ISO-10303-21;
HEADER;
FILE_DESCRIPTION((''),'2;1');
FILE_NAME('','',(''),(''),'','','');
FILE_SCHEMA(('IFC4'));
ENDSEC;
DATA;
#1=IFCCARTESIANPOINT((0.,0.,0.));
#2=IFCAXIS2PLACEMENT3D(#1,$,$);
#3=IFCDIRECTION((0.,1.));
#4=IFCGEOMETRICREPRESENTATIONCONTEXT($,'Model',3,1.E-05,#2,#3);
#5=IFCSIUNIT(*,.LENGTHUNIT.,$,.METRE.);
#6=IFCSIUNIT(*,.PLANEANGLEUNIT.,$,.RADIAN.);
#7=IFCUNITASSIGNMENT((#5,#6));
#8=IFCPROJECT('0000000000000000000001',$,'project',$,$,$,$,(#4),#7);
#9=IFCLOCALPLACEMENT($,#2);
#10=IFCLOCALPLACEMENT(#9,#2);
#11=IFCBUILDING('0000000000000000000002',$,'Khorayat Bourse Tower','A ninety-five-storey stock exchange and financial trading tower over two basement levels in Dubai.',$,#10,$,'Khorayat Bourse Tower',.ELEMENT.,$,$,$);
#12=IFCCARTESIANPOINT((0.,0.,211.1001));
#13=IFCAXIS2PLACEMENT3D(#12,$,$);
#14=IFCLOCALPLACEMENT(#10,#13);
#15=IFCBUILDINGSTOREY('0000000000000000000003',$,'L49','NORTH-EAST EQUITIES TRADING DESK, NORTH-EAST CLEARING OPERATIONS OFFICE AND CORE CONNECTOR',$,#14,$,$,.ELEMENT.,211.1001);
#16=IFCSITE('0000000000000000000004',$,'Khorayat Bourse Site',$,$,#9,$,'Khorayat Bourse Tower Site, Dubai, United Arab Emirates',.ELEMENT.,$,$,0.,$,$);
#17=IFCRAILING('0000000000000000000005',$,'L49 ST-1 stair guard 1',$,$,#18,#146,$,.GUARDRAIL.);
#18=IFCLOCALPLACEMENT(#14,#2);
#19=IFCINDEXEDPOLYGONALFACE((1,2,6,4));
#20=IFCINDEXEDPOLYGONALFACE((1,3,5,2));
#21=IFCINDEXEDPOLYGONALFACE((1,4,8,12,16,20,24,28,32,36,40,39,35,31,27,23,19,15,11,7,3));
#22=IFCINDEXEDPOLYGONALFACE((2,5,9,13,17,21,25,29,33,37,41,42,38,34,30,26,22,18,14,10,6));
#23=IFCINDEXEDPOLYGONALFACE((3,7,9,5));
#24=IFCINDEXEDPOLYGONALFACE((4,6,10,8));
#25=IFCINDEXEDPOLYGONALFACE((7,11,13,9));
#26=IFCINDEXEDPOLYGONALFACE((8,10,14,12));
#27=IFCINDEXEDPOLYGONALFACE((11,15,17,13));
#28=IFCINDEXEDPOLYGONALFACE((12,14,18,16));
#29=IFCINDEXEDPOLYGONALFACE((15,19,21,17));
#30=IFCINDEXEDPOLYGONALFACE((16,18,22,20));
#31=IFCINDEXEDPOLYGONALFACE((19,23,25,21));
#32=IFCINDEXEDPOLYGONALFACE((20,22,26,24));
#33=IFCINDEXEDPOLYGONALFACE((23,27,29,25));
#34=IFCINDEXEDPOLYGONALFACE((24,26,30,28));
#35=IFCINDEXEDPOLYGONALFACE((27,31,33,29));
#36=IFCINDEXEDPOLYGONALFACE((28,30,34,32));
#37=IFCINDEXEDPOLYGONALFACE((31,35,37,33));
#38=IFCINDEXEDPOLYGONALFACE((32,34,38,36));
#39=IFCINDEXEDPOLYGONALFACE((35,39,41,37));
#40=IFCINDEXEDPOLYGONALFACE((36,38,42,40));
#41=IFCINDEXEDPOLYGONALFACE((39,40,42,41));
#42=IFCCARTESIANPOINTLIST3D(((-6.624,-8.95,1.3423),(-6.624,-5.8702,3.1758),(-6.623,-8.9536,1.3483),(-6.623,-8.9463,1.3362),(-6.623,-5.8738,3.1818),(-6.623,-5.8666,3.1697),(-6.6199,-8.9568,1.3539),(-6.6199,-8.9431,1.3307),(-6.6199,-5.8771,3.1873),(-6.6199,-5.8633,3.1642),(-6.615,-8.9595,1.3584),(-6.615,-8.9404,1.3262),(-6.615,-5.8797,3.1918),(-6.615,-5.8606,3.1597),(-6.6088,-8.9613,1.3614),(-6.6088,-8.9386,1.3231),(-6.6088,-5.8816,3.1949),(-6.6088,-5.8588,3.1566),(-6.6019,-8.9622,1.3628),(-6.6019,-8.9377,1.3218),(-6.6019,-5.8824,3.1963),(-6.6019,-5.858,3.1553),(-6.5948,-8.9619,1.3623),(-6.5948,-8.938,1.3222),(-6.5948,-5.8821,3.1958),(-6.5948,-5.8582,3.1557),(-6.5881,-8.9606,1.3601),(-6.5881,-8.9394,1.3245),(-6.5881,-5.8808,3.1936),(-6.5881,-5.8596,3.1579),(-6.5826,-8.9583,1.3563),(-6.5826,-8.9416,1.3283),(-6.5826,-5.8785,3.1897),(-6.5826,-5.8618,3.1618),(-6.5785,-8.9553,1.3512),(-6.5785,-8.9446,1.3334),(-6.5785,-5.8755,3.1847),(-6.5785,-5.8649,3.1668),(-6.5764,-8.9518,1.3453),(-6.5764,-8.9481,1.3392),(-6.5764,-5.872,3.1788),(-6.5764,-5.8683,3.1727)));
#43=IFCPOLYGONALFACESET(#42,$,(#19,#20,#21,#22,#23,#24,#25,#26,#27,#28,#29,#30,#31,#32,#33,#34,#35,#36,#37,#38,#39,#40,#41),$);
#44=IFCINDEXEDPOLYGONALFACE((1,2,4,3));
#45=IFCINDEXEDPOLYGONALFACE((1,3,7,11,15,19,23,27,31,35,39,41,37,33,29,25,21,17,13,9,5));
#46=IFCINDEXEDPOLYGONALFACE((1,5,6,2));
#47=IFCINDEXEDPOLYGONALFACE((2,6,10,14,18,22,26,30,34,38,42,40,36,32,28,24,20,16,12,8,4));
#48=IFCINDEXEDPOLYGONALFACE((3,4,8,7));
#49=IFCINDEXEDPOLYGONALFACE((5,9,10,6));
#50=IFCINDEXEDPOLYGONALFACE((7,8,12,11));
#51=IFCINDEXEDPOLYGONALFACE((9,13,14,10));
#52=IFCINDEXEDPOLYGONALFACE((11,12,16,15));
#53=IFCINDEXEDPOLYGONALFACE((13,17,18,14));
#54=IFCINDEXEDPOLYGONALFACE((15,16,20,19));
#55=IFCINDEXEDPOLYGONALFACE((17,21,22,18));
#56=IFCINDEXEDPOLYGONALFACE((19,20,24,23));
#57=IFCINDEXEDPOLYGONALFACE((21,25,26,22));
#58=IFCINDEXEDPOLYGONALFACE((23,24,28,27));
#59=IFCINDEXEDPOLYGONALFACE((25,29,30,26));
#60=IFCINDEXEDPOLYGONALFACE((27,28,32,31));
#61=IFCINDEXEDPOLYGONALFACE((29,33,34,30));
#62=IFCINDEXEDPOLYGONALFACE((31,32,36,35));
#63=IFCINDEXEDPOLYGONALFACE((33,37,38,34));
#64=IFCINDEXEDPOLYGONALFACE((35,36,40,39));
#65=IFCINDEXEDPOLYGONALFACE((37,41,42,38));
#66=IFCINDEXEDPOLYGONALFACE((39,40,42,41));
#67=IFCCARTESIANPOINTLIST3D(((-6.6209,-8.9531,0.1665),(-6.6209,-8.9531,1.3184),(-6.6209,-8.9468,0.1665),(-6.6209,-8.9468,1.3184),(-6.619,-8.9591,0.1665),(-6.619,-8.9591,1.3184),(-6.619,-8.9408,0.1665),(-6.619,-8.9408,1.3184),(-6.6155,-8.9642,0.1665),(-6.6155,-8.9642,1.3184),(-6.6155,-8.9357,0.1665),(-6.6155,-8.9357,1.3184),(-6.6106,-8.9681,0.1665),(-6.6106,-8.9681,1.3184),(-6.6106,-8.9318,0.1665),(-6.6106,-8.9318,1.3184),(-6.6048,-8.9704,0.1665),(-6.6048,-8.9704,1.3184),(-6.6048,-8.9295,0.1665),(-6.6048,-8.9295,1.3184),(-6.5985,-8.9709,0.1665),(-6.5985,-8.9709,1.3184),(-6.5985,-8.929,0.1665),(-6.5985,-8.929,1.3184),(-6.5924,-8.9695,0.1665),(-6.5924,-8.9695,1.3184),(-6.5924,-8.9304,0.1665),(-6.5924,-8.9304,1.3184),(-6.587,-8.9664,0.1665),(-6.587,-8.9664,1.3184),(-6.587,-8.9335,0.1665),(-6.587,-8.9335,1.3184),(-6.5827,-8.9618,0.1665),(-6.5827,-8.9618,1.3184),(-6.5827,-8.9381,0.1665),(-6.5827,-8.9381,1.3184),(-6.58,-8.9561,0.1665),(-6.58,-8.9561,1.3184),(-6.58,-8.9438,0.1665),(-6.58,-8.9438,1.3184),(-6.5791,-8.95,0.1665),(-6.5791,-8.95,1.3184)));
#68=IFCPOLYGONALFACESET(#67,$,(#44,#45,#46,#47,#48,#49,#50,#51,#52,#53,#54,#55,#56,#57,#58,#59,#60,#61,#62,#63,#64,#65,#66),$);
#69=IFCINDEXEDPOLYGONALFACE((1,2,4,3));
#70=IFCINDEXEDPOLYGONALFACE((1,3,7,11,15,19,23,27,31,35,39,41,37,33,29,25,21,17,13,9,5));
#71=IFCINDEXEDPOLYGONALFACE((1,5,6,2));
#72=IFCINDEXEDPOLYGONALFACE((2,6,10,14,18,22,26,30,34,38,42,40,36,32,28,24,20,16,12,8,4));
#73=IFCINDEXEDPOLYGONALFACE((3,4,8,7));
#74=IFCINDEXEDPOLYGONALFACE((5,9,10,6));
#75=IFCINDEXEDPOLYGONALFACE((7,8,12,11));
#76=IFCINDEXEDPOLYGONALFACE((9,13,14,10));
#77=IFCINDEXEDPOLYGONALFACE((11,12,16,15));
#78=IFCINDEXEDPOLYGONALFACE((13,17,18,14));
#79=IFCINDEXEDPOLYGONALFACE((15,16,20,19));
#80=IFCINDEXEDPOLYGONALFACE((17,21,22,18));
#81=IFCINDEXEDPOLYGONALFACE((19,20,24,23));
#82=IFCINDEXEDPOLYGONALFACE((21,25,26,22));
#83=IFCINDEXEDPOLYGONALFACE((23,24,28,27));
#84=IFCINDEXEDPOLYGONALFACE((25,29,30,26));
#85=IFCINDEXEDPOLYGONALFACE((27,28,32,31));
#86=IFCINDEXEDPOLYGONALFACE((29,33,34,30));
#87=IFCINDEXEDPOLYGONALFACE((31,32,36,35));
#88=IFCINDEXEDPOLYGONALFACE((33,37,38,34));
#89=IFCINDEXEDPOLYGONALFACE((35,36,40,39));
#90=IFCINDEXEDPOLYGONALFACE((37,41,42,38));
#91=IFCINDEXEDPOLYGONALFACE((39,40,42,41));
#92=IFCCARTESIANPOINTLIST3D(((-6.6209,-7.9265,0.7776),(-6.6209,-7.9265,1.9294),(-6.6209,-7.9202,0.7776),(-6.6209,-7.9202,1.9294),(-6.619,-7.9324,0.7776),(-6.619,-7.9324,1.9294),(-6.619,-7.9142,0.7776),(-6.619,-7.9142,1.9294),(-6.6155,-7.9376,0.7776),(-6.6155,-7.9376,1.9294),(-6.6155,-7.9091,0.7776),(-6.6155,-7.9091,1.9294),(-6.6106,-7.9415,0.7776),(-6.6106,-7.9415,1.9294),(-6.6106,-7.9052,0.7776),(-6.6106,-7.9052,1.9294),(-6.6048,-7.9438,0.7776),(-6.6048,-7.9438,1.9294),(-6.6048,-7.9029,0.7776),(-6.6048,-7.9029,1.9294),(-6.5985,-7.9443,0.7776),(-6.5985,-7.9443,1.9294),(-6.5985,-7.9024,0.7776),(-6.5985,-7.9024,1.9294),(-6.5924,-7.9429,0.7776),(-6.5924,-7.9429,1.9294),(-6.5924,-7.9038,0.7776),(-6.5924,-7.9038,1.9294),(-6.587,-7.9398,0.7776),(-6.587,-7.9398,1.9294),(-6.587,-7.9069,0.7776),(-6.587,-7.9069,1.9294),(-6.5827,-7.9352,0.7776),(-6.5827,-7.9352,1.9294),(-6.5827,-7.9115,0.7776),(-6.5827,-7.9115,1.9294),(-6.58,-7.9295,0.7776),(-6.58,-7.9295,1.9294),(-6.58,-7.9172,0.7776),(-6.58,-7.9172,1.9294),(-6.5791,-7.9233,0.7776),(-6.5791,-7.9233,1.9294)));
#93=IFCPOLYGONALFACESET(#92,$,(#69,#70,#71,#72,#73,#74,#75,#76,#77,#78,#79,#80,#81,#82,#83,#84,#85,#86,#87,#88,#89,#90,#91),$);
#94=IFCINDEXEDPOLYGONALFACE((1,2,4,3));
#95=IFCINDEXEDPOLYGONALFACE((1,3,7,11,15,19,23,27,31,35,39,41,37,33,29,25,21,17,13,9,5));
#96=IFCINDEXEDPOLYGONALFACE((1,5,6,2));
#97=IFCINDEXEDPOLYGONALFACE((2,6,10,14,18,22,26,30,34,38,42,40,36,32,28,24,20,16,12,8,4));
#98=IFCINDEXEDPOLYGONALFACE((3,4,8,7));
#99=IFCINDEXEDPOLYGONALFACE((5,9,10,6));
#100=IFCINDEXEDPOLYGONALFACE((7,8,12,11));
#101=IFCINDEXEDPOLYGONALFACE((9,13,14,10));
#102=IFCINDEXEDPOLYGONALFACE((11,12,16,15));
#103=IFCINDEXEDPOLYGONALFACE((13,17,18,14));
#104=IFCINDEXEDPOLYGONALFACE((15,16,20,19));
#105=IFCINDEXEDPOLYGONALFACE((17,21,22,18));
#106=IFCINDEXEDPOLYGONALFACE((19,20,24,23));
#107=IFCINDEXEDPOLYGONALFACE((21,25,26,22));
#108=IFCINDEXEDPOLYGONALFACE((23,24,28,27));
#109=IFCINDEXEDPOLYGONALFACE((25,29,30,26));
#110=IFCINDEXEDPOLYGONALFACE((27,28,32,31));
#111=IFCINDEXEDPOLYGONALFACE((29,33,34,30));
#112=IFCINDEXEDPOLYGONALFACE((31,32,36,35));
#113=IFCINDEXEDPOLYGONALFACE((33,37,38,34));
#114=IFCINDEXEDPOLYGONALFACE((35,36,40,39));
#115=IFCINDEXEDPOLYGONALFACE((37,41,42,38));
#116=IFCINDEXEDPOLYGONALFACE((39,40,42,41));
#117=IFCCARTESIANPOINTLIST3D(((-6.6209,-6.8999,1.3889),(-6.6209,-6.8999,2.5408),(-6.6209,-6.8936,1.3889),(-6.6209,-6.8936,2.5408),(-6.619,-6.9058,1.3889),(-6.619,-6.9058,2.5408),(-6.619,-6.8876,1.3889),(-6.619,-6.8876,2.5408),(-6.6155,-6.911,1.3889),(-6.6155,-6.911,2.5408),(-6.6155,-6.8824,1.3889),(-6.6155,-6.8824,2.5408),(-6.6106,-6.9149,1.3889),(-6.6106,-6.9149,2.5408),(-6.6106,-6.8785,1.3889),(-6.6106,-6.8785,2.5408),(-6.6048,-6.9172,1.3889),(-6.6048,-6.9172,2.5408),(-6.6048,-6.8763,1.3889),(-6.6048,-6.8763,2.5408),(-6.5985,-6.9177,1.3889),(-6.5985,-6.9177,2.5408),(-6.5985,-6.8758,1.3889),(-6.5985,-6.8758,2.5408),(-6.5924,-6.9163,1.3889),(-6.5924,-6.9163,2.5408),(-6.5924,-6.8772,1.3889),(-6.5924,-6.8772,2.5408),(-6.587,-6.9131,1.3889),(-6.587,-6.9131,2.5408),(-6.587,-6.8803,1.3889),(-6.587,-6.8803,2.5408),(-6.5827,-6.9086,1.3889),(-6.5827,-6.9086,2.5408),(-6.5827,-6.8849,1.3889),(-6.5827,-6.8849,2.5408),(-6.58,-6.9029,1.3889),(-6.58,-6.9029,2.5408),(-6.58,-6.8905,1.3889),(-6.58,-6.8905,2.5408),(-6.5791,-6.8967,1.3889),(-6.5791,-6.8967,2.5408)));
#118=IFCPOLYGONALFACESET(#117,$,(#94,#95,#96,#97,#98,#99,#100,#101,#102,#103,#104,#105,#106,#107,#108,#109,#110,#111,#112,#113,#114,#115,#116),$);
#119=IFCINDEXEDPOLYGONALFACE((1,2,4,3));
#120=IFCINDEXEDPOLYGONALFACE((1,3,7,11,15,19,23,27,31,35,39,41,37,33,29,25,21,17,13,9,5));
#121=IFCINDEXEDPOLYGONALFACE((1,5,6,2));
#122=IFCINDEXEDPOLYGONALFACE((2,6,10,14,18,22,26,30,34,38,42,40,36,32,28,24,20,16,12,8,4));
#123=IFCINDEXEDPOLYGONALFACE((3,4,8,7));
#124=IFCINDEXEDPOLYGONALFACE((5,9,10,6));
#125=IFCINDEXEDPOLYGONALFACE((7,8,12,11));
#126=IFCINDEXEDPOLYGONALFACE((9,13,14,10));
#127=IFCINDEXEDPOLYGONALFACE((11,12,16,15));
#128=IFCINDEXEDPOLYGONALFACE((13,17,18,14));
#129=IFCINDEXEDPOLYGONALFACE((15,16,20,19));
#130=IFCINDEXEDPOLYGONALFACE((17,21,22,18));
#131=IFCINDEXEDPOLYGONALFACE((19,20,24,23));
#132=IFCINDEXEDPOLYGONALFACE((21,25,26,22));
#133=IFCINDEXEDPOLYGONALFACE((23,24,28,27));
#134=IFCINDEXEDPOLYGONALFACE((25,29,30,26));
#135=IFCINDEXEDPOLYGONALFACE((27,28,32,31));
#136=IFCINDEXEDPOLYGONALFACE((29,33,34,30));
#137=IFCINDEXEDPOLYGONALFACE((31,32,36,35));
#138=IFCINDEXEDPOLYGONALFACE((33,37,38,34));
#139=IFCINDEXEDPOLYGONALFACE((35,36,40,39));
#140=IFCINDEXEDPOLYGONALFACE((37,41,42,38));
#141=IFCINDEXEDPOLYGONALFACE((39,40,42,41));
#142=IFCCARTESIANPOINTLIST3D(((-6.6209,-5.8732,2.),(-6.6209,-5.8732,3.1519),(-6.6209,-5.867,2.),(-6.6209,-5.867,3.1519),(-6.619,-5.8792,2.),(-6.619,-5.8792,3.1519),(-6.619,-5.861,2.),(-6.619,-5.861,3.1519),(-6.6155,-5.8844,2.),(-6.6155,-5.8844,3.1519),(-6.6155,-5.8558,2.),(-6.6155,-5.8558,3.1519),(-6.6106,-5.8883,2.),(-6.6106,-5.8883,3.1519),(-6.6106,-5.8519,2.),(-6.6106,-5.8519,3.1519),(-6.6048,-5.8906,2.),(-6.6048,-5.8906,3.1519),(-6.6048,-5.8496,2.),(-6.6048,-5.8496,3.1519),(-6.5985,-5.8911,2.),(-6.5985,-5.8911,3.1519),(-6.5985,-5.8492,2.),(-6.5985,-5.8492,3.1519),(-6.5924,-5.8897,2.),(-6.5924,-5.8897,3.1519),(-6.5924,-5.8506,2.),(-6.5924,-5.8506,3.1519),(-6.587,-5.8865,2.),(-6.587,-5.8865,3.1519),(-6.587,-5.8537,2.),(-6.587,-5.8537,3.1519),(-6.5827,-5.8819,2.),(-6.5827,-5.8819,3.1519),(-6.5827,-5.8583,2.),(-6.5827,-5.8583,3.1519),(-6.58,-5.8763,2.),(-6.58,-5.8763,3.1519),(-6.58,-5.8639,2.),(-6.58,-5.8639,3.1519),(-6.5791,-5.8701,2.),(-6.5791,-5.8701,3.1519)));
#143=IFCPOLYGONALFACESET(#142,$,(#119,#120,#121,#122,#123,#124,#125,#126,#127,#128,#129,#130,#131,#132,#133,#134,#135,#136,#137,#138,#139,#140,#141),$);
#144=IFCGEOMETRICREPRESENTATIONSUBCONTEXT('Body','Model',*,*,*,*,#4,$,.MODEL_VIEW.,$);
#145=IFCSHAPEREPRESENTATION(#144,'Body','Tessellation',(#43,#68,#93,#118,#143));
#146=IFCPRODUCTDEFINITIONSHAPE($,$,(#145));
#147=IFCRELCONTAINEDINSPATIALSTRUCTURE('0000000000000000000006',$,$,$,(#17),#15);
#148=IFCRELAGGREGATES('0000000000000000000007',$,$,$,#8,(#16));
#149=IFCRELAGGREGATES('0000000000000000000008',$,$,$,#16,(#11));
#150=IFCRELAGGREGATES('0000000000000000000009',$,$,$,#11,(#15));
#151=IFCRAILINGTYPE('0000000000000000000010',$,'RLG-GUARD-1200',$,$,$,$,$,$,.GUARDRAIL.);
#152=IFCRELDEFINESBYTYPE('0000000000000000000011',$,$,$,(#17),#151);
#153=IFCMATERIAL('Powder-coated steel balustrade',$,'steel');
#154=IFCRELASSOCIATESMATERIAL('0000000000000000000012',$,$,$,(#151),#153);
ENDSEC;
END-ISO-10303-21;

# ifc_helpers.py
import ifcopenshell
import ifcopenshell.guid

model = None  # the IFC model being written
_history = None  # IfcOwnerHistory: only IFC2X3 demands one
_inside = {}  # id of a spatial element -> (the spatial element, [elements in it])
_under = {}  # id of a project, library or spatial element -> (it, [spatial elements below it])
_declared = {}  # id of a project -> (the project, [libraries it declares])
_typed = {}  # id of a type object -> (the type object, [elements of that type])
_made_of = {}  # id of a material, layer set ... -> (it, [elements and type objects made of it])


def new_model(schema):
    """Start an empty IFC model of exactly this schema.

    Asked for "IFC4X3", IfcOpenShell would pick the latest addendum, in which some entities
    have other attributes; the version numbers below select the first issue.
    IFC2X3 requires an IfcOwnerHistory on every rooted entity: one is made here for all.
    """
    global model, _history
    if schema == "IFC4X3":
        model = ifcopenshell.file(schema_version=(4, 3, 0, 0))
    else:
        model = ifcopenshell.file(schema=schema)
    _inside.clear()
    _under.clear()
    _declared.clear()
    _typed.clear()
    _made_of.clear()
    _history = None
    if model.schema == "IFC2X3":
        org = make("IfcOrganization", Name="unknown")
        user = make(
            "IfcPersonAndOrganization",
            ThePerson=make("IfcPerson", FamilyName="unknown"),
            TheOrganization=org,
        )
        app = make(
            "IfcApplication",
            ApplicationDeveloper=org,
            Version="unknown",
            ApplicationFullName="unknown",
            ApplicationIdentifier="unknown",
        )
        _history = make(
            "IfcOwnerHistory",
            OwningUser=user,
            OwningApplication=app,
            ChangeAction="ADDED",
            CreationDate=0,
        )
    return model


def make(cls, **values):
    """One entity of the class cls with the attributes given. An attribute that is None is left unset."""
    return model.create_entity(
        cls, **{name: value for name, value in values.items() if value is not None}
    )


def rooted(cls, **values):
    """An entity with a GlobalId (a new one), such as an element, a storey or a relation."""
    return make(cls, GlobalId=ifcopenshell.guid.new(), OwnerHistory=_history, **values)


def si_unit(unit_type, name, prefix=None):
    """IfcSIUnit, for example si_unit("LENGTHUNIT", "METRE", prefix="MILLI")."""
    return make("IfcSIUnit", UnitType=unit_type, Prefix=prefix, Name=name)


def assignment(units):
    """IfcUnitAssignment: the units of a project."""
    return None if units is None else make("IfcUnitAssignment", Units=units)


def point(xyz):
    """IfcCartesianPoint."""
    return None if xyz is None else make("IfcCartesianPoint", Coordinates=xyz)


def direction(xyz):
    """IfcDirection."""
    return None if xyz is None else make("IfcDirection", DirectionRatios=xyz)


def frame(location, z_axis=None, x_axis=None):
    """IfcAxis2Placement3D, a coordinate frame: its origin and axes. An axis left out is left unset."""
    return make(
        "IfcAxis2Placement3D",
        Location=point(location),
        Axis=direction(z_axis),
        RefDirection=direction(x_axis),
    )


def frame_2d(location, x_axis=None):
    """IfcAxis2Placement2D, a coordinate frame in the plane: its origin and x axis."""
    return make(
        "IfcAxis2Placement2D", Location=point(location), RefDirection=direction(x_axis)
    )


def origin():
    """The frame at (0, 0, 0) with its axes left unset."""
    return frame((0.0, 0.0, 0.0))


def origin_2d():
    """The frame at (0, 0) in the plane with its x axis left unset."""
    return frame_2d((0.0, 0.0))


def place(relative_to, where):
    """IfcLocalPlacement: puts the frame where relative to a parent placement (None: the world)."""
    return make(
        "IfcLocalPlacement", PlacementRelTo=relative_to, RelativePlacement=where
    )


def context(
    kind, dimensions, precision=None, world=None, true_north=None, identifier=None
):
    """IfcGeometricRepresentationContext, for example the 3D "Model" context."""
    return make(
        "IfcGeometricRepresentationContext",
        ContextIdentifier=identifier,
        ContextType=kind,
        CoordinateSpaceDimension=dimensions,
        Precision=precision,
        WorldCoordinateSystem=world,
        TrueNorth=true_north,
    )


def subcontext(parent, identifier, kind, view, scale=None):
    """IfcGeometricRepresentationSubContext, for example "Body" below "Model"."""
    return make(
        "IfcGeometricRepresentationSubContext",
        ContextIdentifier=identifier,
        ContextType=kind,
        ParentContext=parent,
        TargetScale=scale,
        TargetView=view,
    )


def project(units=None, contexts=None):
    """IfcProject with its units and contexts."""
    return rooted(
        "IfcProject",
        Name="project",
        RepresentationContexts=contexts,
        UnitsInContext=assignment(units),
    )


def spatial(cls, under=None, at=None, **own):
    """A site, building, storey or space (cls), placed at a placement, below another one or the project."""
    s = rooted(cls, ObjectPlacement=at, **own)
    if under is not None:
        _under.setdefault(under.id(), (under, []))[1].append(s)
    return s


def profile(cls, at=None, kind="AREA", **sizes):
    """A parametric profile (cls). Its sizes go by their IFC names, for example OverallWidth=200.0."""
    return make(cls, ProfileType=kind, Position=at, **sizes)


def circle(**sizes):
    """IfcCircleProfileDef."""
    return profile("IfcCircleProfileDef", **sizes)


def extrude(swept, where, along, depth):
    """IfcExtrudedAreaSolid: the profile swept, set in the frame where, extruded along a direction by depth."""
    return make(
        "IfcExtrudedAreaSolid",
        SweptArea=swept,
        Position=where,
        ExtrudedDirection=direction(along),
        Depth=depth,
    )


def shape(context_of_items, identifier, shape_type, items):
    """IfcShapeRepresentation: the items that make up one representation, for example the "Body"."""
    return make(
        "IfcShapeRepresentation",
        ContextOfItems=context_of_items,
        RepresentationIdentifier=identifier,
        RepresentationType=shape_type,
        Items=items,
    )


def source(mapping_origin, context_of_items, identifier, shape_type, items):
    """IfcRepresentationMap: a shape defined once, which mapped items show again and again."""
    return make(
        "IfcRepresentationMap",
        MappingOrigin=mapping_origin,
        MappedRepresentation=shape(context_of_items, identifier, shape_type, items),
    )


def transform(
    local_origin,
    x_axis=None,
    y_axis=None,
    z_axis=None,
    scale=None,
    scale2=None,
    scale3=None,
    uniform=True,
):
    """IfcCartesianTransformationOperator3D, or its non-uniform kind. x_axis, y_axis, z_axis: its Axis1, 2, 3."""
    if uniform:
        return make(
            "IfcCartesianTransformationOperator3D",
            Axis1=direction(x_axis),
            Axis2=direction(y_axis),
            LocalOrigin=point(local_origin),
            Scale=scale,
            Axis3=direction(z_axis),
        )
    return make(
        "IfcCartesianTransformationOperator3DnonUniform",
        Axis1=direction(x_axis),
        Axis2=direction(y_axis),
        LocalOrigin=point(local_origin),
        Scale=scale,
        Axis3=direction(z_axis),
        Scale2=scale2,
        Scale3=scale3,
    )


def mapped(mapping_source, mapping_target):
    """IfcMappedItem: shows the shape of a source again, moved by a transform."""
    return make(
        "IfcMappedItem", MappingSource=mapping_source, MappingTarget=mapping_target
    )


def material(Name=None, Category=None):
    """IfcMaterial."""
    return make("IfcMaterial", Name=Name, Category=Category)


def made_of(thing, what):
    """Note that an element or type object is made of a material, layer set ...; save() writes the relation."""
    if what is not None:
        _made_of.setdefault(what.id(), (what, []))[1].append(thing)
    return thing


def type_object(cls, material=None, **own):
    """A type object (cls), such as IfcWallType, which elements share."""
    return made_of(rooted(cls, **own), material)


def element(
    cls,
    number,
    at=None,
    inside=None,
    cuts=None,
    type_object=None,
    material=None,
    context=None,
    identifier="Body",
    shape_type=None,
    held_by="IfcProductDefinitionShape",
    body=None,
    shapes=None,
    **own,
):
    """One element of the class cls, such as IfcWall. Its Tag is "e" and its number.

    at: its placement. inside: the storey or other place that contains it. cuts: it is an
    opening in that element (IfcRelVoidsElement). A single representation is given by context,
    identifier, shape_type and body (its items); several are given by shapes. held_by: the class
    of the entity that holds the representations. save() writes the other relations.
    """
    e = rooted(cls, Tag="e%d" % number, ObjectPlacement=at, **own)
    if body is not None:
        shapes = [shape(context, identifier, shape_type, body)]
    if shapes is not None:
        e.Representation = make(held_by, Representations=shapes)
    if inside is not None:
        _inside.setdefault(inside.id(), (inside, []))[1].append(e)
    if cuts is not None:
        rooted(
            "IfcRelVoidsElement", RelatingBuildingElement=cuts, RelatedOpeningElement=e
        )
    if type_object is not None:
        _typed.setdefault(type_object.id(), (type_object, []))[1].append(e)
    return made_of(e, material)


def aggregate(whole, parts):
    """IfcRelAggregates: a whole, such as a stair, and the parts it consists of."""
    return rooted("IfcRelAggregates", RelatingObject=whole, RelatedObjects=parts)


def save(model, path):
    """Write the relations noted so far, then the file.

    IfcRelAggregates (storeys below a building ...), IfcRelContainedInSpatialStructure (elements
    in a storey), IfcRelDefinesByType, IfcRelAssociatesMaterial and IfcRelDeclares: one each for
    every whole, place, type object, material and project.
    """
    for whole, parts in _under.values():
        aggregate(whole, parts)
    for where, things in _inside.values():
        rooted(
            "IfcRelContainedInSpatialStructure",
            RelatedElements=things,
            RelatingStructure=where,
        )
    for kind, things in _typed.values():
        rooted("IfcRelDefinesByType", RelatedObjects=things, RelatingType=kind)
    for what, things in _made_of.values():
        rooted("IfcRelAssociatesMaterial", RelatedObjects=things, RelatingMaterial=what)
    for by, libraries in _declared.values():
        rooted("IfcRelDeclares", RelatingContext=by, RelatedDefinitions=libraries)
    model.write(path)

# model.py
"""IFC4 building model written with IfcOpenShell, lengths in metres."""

from ifc_helpers import new_model, si_unit, direction, frame, origin, origin_2d, place, context, subcontext, project, spatial, circle, extrude, source, transform, mapped, material, type_object, element, save


model = new_model("IFC4")

# Units and contexts
model_context = context("Model", 3, precision=1e-05, world=origin(), true_north=direction((0.0, 1.0)))
body_context = subcontext(model_context, "Body", "Model", "MODEL_VIEW")
ifc_project = project(units=[si_unit("LENGTHUNIT", "METRE"), si_unit("PLANEANGLEUNIT", "RADIAN")], contexts=[model_context])

# Site, building, storey
site_placement = place(None, origin())
site = spatial("IfcSite", under=ifc_project, at=site_placement, Name="Khorayat Bourse Site", LongName="Khorayat Bourse Tower Site, Dubai, United Arab Emirates", CompositionType="ELEMENT", RefElevation=0.0)
building_placement = place(site_placement, origin())
building = spatial("IfcBuilding", under=site, at=building_placement, Name="Khorayat Bourse Tower", Description="A ninety-five-storey stock exchange and financial trading tower over two basement levels in Dubai.", LongName="Khorayat Bourse Tower", CompositionType="ELEMENT")
storey_placement = place(building_placement, frame((0.0, 0.0, 211.1001)))
storey = spatial("IfcBuildingStorey", under=building, at=storey_placement, Name="L49", Description="NORTH-EAST EQUITIES TRADING DESK, NORTH-EAST CLEARING OPERATIONS OFFICE AND CORE CONNECTOR", CompositionType="ELEMENT", Elevation=211.1001)

# Railing
ifc_material_1 = material(Name="Powder-coated steel balustrade", Category="steel")
railing_type_1 = type_object("IfcRailingType", Name="RLG-GUARD-1200", PredefinedType="GUARDRAIL", material=ifc_material_1)
shared_shape_1 = source(origin(), body_context, "Body", "SweptSolid", [
    extrude(circle(Radius=0.0239, at=origin_2d()), frame((0.0, 0.0, 1.1758), z_axis=(0.0, 0.859261, 0.511538), x_axis=(-1.0, 0.0, 0.0)), (0.0, 0.0, 1.0), 3.5842),
    extrude(circle(Radius=0.021, at=origin_2d()), origin(), (0.0, 0.0, 1.0), 1.1519),
    extrude(circle(Radius=0.021, at=origin_2d()), frame((0.0, 1.0266, 0.6111)), (0.0, 0.0, 1.0), 1.1519),
    extrude(circle(Radius=0.021, at=origin_2d()), frame((0.0, 2.0532, 1.2224)), (0.0, 0.0, 1.0), 1.1519),
    extrude(circle(Radius=0.021, at=origin_2d()), frame((0.0, 3.0798, 1.8335)), (0.0, 0.0, 1.0), 1.1519),
])
railing_1_placement = place(storey_placement, frame((-6.6001, -8.95, 0.1665)))
element("IfcRailing", 1, at=railing_1_placement, inside=storey, type_object=railing_type_1, Name="L49 ST-1 stair guard 1", PredefinedType="GUARDRAIL", context=body_context, shape_type="MappedRepresentation", body=[
    mapped(shared_shape_1, transform((0.0, 0.0, 0.0), scale=1.0)),
])

save(model, "model.ifc")
